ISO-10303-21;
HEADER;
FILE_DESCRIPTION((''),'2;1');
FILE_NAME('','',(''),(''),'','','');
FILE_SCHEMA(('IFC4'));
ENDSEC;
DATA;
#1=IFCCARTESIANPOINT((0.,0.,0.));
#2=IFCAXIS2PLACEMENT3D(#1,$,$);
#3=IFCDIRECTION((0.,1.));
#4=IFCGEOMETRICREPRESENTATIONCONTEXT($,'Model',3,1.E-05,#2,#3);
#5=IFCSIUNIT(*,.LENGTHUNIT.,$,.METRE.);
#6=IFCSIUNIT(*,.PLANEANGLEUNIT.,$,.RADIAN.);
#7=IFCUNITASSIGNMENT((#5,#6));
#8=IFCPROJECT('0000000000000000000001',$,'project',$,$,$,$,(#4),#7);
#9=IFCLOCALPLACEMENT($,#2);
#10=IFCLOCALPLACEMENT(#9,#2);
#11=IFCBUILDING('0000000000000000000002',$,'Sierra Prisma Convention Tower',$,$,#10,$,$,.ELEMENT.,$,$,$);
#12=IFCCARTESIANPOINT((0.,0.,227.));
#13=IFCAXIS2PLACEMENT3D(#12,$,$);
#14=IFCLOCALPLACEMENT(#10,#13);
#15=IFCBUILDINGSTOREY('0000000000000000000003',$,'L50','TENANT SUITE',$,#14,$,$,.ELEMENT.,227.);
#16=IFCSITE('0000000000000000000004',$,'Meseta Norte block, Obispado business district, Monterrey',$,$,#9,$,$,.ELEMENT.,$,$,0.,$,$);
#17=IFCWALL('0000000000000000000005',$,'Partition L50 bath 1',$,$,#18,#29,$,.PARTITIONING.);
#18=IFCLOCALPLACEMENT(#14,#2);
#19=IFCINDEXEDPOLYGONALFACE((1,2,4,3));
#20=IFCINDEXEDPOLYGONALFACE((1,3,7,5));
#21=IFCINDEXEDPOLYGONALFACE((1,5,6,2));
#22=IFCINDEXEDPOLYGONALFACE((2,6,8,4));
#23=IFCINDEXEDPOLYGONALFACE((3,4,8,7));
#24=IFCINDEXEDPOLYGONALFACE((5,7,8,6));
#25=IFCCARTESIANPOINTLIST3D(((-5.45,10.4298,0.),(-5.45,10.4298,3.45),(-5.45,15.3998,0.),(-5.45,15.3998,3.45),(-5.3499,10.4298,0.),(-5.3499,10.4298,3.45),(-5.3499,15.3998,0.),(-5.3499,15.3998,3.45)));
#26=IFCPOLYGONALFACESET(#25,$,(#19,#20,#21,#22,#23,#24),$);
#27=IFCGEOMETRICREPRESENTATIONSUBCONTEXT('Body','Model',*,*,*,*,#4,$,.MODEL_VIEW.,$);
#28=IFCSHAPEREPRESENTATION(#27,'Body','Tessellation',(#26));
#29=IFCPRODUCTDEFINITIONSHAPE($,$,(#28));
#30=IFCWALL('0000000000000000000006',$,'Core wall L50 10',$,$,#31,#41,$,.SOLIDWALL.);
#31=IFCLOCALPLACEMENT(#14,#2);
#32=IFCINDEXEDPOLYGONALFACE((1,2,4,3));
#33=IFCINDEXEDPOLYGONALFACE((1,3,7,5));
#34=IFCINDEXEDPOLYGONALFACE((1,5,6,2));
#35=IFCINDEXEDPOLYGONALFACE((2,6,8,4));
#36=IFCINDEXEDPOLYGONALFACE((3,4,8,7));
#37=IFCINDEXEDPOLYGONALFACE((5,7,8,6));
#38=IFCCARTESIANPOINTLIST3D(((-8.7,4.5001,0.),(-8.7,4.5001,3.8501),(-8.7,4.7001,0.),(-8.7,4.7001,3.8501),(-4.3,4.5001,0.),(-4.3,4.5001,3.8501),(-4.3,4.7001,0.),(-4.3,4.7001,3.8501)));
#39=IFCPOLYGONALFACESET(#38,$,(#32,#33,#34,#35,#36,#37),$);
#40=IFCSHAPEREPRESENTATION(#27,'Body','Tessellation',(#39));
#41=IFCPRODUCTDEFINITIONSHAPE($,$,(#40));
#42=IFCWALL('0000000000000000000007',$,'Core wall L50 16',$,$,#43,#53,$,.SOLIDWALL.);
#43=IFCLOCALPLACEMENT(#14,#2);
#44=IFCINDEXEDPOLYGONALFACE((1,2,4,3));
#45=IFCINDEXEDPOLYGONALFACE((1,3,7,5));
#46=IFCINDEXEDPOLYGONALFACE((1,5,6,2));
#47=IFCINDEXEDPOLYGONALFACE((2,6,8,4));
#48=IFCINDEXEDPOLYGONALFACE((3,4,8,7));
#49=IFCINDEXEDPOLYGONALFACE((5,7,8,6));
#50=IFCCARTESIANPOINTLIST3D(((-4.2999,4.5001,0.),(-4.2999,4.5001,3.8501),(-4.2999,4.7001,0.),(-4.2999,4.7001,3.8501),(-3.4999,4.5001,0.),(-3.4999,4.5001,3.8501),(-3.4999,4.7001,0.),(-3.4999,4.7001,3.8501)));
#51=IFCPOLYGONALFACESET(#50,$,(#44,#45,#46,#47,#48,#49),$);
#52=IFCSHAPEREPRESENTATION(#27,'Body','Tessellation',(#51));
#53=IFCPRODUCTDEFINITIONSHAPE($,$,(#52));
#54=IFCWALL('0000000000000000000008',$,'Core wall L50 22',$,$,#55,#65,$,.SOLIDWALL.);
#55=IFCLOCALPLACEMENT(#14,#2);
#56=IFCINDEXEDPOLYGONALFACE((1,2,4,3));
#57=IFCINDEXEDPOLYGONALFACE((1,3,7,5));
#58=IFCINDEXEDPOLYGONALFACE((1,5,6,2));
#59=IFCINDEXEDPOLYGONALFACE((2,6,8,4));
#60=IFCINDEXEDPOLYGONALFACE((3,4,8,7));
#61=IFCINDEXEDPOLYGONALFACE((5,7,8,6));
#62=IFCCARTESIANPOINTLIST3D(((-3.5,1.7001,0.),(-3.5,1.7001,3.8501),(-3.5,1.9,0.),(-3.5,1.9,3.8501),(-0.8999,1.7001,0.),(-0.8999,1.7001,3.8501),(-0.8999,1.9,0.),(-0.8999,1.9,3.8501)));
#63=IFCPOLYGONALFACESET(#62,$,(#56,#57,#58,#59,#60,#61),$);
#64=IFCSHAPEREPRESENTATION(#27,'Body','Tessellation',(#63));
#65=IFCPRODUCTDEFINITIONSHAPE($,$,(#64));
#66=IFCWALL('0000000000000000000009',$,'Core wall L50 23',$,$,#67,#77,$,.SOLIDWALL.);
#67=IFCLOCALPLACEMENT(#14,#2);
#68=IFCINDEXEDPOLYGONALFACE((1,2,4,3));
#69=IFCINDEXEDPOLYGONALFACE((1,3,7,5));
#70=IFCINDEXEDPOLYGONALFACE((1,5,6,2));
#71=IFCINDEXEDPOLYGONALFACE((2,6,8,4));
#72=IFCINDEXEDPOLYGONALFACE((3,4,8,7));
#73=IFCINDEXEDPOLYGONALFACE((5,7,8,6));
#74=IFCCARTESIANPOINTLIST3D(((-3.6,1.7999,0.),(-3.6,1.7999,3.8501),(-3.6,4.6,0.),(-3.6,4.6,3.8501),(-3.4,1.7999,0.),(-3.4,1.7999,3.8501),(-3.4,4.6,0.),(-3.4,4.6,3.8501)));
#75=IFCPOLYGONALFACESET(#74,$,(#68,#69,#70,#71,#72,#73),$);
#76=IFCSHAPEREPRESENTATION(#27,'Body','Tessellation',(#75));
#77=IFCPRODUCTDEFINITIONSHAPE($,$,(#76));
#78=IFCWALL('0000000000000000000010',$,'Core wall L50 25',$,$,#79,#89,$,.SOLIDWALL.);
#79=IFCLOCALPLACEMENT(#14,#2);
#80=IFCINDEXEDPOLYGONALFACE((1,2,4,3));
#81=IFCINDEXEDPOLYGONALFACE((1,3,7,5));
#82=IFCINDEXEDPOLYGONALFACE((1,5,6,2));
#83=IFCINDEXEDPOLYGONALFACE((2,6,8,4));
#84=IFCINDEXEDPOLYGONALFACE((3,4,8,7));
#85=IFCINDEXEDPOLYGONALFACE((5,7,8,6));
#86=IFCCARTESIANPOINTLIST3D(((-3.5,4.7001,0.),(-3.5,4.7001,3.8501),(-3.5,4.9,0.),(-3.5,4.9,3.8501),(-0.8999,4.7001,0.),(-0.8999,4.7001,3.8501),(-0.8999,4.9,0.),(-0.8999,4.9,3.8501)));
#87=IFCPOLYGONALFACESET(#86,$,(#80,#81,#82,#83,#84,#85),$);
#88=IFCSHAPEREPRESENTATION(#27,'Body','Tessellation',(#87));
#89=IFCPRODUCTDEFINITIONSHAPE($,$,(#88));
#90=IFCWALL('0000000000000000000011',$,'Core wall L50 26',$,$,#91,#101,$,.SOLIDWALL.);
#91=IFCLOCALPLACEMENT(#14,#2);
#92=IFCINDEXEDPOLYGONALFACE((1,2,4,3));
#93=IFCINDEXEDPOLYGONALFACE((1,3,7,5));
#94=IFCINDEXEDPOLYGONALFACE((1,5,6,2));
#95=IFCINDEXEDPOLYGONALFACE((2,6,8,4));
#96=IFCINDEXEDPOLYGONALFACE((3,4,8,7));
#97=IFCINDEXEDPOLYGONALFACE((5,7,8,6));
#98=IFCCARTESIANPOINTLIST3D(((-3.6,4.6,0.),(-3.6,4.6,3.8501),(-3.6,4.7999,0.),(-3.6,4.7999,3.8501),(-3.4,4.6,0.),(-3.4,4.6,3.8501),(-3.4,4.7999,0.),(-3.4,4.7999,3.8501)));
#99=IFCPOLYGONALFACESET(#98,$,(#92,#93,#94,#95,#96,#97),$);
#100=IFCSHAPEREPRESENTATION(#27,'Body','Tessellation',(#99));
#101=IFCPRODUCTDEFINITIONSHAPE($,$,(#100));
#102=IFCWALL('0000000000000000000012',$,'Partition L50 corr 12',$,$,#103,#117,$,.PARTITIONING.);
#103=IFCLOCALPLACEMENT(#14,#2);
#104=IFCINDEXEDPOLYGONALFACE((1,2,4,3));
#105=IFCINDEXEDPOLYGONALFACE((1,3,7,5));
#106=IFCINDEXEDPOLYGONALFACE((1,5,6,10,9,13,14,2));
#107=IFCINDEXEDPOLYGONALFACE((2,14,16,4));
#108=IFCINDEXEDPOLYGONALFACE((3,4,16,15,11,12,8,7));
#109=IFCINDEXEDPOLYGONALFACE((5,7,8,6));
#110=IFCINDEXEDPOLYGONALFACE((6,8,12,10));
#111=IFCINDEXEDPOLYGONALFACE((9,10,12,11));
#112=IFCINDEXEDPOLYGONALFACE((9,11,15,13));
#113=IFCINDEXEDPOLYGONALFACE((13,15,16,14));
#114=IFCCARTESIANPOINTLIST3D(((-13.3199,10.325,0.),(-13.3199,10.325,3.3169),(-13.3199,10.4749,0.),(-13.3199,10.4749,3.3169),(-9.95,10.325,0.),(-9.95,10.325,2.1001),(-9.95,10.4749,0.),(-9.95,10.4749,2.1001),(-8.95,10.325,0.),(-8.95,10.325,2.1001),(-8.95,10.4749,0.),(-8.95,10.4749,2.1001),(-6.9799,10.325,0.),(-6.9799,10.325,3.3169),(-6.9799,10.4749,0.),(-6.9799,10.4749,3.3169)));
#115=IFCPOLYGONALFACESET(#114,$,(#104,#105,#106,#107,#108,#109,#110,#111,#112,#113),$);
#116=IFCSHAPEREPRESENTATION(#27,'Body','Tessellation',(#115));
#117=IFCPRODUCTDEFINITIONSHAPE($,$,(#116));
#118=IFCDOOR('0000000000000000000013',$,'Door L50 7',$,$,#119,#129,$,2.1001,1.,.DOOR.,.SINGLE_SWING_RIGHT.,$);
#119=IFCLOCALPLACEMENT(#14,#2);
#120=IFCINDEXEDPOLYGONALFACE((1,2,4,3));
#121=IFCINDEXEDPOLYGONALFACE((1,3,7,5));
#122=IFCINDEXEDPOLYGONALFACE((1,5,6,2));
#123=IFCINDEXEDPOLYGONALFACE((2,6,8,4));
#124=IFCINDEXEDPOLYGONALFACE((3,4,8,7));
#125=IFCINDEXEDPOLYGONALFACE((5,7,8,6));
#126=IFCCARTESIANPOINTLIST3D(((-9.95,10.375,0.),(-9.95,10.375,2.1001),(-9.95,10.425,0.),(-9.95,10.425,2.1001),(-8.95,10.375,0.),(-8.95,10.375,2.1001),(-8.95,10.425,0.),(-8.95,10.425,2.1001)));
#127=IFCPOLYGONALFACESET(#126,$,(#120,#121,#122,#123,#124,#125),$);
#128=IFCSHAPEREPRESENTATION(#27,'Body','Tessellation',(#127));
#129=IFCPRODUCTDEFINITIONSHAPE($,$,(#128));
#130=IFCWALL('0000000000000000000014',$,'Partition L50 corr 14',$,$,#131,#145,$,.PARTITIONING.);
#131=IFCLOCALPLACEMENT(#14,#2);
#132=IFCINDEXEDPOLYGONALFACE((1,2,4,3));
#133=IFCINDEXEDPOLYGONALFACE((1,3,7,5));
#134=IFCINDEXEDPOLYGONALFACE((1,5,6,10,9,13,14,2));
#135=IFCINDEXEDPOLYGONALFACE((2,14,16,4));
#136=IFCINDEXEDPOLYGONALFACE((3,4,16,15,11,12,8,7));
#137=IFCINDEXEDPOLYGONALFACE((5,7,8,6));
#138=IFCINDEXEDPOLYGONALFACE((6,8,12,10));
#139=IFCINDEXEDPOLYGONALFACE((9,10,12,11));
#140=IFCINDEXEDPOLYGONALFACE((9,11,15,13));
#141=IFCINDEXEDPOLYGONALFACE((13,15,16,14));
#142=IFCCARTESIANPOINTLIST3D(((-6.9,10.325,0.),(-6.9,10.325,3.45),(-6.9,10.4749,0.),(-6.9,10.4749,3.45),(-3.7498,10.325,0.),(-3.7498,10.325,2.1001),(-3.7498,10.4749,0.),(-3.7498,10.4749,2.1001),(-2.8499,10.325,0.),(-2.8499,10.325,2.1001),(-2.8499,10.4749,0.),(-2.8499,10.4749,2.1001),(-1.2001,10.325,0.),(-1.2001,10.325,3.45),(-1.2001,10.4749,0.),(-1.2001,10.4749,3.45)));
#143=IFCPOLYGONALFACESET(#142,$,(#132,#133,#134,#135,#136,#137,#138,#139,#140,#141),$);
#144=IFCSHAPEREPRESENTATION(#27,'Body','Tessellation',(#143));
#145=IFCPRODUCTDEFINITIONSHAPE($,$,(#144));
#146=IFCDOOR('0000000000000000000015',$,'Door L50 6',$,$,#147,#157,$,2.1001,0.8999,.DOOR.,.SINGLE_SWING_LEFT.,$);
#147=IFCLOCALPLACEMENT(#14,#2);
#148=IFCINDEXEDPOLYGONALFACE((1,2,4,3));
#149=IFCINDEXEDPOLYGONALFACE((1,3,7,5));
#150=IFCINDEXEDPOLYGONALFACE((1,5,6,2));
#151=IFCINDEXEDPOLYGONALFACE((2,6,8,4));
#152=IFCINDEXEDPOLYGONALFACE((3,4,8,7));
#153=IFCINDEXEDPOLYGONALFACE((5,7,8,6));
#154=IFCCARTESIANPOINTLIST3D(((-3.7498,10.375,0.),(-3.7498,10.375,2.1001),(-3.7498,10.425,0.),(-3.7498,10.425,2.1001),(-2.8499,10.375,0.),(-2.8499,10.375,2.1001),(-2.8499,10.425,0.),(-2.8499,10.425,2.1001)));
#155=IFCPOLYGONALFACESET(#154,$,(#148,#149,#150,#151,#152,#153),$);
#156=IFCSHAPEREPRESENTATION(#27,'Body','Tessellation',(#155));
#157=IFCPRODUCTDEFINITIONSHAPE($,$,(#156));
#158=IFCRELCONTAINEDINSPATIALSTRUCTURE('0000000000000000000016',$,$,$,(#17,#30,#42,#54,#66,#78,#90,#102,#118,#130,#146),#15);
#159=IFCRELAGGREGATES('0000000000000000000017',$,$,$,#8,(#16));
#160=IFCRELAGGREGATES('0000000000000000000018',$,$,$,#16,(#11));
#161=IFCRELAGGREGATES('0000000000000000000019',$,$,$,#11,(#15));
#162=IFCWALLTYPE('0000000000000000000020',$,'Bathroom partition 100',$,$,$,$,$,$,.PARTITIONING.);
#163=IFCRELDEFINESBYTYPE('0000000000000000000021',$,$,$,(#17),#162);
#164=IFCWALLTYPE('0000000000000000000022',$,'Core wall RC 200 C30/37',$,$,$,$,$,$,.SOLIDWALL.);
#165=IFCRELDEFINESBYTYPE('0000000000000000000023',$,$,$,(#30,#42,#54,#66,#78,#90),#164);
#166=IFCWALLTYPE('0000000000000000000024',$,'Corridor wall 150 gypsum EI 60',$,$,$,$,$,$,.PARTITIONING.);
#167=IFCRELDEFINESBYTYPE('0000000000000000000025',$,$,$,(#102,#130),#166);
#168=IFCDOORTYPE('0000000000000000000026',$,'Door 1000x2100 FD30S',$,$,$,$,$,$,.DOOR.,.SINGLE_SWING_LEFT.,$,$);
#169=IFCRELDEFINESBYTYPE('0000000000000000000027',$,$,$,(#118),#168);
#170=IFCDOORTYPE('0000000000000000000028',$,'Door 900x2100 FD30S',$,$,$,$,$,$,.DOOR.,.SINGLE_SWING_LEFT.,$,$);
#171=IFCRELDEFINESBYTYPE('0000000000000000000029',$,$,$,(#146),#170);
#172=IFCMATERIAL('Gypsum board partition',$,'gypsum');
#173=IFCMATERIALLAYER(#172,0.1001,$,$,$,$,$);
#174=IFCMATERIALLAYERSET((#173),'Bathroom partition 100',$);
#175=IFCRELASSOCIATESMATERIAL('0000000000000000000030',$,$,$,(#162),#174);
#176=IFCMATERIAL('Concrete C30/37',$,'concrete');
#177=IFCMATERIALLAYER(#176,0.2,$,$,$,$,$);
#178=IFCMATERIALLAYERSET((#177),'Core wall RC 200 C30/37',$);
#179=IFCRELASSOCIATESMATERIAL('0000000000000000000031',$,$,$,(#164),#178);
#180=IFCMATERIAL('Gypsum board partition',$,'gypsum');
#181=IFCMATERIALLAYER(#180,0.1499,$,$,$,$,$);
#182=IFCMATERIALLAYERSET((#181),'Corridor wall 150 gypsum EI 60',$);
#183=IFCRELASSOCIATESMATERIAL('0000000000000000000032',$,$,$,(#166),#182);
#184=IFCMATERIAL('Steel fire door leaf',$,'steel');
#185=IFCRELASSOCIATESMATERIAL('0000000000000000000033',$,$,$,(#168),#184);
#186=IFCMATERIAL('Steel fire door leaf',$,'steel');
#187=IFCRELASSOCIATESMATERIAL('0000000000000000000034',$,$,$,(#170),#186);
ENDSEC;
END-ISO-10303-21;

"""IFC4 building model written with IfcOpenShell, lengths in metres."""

from ifc_helpers import new_model, si_unit, direction, frame, frame_2d, origin, place, context, subcontext, project, spatial, rectangle, extrude, material, layer, layer_set, type_object, element, fill, save


model = new_model("IFC4")

# Units and contexts
model_context = context("Model", 3, precision=1e-05, world=origin(), true_north=direction((0.0, 1.0)))
body_context = subcontext(model_context, "Body", "Model", "MODEL_VIEW")
ifc_project = project(units=[si_unit("LENGTHUNIT", "METRE"), si_unit("PLANEANGLEUNIT", "RADIAN")], contexts=[model_context])

# Site, building, storey
site_placement = place(None, origin())
site = spatial("IfcSite", under=ifc_project, at=site_placement, Name="Meseta Norte block, Obispado business district, Monterrey", CompositionType="ELEMENT", RefElevation=0.0)
building_placement = place(site_placement, origin())
building = spatial("IfcBuilding", under=site, at=building_placement, Name="Sierra Prisma Convention Tower", CompositionType="ELEMENT")
storey_placement = place(building_placement, frame((0.0, 0.0, 227.0)))
storey = spatial("IfcBuildingStorey", under=building, at=storey_placement, Name="L50", Description="TENANT SUITE", CompositionType="ELEMENT", Elevation=227.0)

# Walls
ifc_material_1 = material(Name="Gypsum board partition", Category="gypsum")
ifc_layer_1 = layer(ifc_material_1, 0.1001)
ifc_layer_set_1 = layer_set([ifc_layer_1], Name="Bathroom partition 100")
wall_type_1 = type_object("IfcWallType", Name="Bathroom partition 100", PredefinedType="PARTITIONING", material=ifc_layer_set_1)
wall_1_placement = place(storey_placement, frame((-5.3999, 10.4299, 0.0), z_axis=(0.0, 0.0, 1.0), x_axis=(0.0, 1.0, 0.0)))
element("IfcWall", 1, at=wall_1_placement, inside=storey, type_object=wall_type_1, Name="Partition L50 bath 1", PredefinedType="PARTITIONING", context=body_context, shape_type="SweptSolid", body=[
    extrude(rectangle(XDim=4.97, YDim=0.1001, at=frame_2d((2.4849, 0.0))), origin(), (0.0, 0.0, 1.0), 3.45),
])
ifc_material_2 = material(Name="Concrete C30/37", Category="concrete")
ifc_layer_2 = layer(ifc_material_2, 0.2)
ifc_layer_set_2 = layer_set([ifc_layer_2], Name="Core wall RC 200 C30/37")
wall_type_2 = type_object("IfcWallType", Name="Core wall RC 200 C30/37", PredefinedType="SOLIDWALL", material=ifc_layer_set_2)
wall_2_placement = place(storey_placement, frame((-4.3, 4.6001, 0.0), z_axis=(0.0, 0.0, 1.0), x_axis=(-1.0, 0.0, 0.0)))
element("IfcWall", 2, at=wall_2_placement, inside=storey, type_object=wall_type_2, Name="Core wall L50 10", PredefinedType="SOLIDWALL", context=body_context, shape_type="SweptSolid", body=[
    extrude(rectangle(XDim=4.3999, YDim=0.2, at=frame_2d((2.2, 0.0))), origin(), (0.0, 0.0, 1.0), 3.8501),
])
wall_3_placement = place(storey_placement, frame((-3.5, 4.6001, 0.0), z_axis=(0.0, 0.0, 1.0), x_axis=(-1.0, 0.0, 0.0)))
element("IfcWall", 3, at=wall_3_placement, inside=storey, type_object=wall_type_2, Name="Core wall L50 16", PredefinedType="SOLIDWALL", context=body_context, shape_type="SweptSolid", body=[
    extrude(rectangle(XDim=0.8, YDim=0.2, at=frame_2d((0.3999, 0.0))), origin(), (0.0, 0.0, 1.0), 3.8501),
])

# Walls
wall_4_placement = place(storey_placement, frame((-0.8999, 1.8, 0.0), z_axis=(0.0, 0.0, 1.0), x_axis=(-1.0, 0.0, 0.0)))
element("IfcWall", 4, at=wall_4_placement, inside=storey, type_object=wall_type_2, Name="Core wall L50 22", PredefinedType="SOLIDWALL", context=body_context, shape_type="SweptSolid", body=[
    extrude(rectangle(XDim=2.6001, YDim=0.2, at=frame_2d((1.3, 0.0))), origin(), (0.0, 0.0, 1.0), 3.8501),
])
wall_5_placement = place(storey_placement, frame((-3.5, 1.8, 0.0), z_axis=(0.0, 0.0, 1.0), x_axis=(0.0, 1.0, 0.0)))
element("IfcWall", 5, at=wall_5_placement, inside=storey, type_object=wall_type_2, Name="Core wall L50 23", PredefinedType="SOLIDWALL", context=body_context, shape_type="SweptSolid", body=[
    extrude(rectangle(XDim=2.8, YDim=0.2, at=frame_2d((1.3999, 0.0))), origin(), (0.0, 0.0, 1.0), 3.8501),
])

# Walls
wall_6_placement = place(storey_placement, frame((-0.8999, 4.8, 0.0), z_axis=(0.0, 0.0, 1.0), x_axis=(-1.0, 0.0, 0.0)))
element("IfcWall", 6, at=wall_6_placement, inside=storey, type_object=wall_type_2, Name="Core wall L50 25", PredefinedType="SOLIDWALL", context=body_context, shape_type="SweptSolid", body=[
    extrude(rectangle(XDim=2.6001, YDim=0.2, at=frame_2d((1.3, 0.0))), origin(), (0.0, 0.0, 1.0), 3.8501),
])
wall_7_placement = place(storey_placement, frame((-3.5, 4.8, 0.0), z_axis=(0.0, 0.0, 1.0), x_axis=(0.0, -1.0, 0.0)))
element("IfcWall", 7, at=wall_7_placement, inside=storey, type_object=wall_type_2, Name="Core wall L50 26", PredefinedType="SOLIDWALL", context=body_context, shape_type="SweptSolid", body=[
    extrude(rectangle(XDim=0.2, YDim=0.2, at=frame_2d((0.1001, 0.0))), origin(), (0.0, 0.0, 1.0), 3.8501),
])

# Walls, openings, doors
ifc_material_3 = material(Name="Gypsum board partition", Category="gypsum")
ifc_layer_3 = layer(ifc_material_3, 0.1499)
ifc_layer_set_3 = layer_set([ifc_layer_3], Name="Corridor wall 150 gypsum EI 60")
wall_type_3 = type_object("IfcWallType", Name="Corridor wall 150 gypsum EI 60", PredefinedType="PARTITIONING", material=ifc_layer_set_3)
wall_8_placement = place(storey_placement, frame((-6.98, 10.3999, 0.0), z_axis=(0.0, 0.0, 1.0), x_axis=(-1.0, 0.0, 0.0)))
wall_8 = element("IfcWall", 8, at=wall_8_placement, inside=storey, type_object=wall_type_3, Name="Partition L50 corr 12", PredefinedType="PARTITIONING", context=body_context, shape_type="SweptSolid", body=[
    extrude(rectangle(XDim=6.3401, YDim=0.1499, at=frame_2d((3.1699, 0.0))), origin(), (0.0, 0.0, 1.0), 3.3169),
])
opening_1_placement = place(wall_8_placement, frame((1.97, 0.0, 0.0)))
opening_1 = element("IfcOpeningElement", 9, at=opening_1_placement, cuts=wall_8, PredefinedType="OPENING", context=body_context, shape_type="SweptSolid", body=[
    extrude(rectangle(XDim=1.0, YDim=2.1001, at=frame_2d((0.5, 1.05))), frame((0.0, 0.075, 0.0), z_axis=(0.0, -1.0, 0.0), x_axis=(1.0, 0.0, 0.0)), (0.0, 0.0, 1.0), 0.1499),
])
ifc_material_4 = material(Name="Steel fire door leaf", Category="steel")
door_type_1 = type_object("IfcDoorType", Name="Door 1000x2100 FD30S", OperationType="SINGLE_SWING_LEFT", PredefinedType="DOOR", material=ifc_material_4)
door_1_placement = place(opening_1_placement, origin())
door_1 = element("IfcDoor", 10, at=door_1_placement, inside=storey, type_object=door_type_1, Name="Door L50 7", OperationType="SINGLE_SWING_RIGHT", OverallHeight=2.1001, OverallWidth=1.0, PredefinedType="DOOR", context=body_context, shape_type="SweptSolid", body=[
    extrude(rectangle(XDim=1.0, YDim=2.1001, at=frame_2d((0.5, 1.05))), frame((0.0, 0.0249, 0.0), z_axis=(0.0, -1.0, 0.0), x_axis=(1.0, 0.0, 0.0)), (0.0, 0.0, 1.0), 0.05),
])
fill(opening_1, door_1)
wall_9_placement = place(storey_placement, frame((-1.2, 10.3999, 0.0), z_axis=(0.0, 0.0, 1.0), x_axis=(-1.0, 0.0, 0.0)))
wall_9 = element("IfcWall", 11, at=wall_9_placement, inside=storey, type_object=wall_type_3, Name="Partition L50 corr 14", PredefinedType="PARTITIONING", context=body_context, shape_type="SweptSolid", body=[
    extrude(rectangle(XDim=5.7, YDim=0.1499, at=frame_2d((2.8501, 0.0))), origin(), (0.0, 0.0, 1.0), 3.45),
])
opening_2_placement = place(wall_9_placement, frame((1.6499, 0.0, 0.0)))
opening_2 = element("IfcOpeningElement", 12, at=opening_2_placement, cuts=wall_9, PredefinedType="OPENING", context=body_context, shape_type="SweptSolid", body=[
    extrude(rectangle(XDim=0.8999, YDim=2.1001, at=frame_2d((0.45, 1.05))), frame((0.0, 0.075, 0.0), z_axis=(0.0, -1.0, 0.0), x_axis=(1.0, 0.0, 0.0)), (0.0, 0.0, 1.0), 0.1499),
])
ifc_material_5 = material(Name="Steel fire door leaf", Category="steel")
door_type_2 = type_object("IfcDoorType", Name="Door 900x2100 FD30S", OperationType="SINGLE_SWING_LEFT", PredefinedType="DOOR", material=ifc_material_5)
door_2_placement = place(opening_2_placement, origin())
door_2 = element("IfcDoor", 13, at=door_2_placement, inside=storey, type_object=door_type_2, Name="Door L50 6", OperationType="SINGLE_SWING_LEFT", OverallHeight=2.1001, OverallWidth=0.8999, PredefinedType="DOOR", context=body_context, shape_type="SweptSolid", body=[
    extrude(rectangle(XDim=0.8999, YDim=2.1001, at=frame_2d((0.45, 1.05))), frame((0.0, 0.0249, 0.0), z_axis=(0.0, -1.0, 0.0), x_axis=(1.0, 0.0, 0.0)), (0.0, 0.0, 1.0), 0.05),
])
fill(opening_2, door_2)

save(model, "model.ifc")
